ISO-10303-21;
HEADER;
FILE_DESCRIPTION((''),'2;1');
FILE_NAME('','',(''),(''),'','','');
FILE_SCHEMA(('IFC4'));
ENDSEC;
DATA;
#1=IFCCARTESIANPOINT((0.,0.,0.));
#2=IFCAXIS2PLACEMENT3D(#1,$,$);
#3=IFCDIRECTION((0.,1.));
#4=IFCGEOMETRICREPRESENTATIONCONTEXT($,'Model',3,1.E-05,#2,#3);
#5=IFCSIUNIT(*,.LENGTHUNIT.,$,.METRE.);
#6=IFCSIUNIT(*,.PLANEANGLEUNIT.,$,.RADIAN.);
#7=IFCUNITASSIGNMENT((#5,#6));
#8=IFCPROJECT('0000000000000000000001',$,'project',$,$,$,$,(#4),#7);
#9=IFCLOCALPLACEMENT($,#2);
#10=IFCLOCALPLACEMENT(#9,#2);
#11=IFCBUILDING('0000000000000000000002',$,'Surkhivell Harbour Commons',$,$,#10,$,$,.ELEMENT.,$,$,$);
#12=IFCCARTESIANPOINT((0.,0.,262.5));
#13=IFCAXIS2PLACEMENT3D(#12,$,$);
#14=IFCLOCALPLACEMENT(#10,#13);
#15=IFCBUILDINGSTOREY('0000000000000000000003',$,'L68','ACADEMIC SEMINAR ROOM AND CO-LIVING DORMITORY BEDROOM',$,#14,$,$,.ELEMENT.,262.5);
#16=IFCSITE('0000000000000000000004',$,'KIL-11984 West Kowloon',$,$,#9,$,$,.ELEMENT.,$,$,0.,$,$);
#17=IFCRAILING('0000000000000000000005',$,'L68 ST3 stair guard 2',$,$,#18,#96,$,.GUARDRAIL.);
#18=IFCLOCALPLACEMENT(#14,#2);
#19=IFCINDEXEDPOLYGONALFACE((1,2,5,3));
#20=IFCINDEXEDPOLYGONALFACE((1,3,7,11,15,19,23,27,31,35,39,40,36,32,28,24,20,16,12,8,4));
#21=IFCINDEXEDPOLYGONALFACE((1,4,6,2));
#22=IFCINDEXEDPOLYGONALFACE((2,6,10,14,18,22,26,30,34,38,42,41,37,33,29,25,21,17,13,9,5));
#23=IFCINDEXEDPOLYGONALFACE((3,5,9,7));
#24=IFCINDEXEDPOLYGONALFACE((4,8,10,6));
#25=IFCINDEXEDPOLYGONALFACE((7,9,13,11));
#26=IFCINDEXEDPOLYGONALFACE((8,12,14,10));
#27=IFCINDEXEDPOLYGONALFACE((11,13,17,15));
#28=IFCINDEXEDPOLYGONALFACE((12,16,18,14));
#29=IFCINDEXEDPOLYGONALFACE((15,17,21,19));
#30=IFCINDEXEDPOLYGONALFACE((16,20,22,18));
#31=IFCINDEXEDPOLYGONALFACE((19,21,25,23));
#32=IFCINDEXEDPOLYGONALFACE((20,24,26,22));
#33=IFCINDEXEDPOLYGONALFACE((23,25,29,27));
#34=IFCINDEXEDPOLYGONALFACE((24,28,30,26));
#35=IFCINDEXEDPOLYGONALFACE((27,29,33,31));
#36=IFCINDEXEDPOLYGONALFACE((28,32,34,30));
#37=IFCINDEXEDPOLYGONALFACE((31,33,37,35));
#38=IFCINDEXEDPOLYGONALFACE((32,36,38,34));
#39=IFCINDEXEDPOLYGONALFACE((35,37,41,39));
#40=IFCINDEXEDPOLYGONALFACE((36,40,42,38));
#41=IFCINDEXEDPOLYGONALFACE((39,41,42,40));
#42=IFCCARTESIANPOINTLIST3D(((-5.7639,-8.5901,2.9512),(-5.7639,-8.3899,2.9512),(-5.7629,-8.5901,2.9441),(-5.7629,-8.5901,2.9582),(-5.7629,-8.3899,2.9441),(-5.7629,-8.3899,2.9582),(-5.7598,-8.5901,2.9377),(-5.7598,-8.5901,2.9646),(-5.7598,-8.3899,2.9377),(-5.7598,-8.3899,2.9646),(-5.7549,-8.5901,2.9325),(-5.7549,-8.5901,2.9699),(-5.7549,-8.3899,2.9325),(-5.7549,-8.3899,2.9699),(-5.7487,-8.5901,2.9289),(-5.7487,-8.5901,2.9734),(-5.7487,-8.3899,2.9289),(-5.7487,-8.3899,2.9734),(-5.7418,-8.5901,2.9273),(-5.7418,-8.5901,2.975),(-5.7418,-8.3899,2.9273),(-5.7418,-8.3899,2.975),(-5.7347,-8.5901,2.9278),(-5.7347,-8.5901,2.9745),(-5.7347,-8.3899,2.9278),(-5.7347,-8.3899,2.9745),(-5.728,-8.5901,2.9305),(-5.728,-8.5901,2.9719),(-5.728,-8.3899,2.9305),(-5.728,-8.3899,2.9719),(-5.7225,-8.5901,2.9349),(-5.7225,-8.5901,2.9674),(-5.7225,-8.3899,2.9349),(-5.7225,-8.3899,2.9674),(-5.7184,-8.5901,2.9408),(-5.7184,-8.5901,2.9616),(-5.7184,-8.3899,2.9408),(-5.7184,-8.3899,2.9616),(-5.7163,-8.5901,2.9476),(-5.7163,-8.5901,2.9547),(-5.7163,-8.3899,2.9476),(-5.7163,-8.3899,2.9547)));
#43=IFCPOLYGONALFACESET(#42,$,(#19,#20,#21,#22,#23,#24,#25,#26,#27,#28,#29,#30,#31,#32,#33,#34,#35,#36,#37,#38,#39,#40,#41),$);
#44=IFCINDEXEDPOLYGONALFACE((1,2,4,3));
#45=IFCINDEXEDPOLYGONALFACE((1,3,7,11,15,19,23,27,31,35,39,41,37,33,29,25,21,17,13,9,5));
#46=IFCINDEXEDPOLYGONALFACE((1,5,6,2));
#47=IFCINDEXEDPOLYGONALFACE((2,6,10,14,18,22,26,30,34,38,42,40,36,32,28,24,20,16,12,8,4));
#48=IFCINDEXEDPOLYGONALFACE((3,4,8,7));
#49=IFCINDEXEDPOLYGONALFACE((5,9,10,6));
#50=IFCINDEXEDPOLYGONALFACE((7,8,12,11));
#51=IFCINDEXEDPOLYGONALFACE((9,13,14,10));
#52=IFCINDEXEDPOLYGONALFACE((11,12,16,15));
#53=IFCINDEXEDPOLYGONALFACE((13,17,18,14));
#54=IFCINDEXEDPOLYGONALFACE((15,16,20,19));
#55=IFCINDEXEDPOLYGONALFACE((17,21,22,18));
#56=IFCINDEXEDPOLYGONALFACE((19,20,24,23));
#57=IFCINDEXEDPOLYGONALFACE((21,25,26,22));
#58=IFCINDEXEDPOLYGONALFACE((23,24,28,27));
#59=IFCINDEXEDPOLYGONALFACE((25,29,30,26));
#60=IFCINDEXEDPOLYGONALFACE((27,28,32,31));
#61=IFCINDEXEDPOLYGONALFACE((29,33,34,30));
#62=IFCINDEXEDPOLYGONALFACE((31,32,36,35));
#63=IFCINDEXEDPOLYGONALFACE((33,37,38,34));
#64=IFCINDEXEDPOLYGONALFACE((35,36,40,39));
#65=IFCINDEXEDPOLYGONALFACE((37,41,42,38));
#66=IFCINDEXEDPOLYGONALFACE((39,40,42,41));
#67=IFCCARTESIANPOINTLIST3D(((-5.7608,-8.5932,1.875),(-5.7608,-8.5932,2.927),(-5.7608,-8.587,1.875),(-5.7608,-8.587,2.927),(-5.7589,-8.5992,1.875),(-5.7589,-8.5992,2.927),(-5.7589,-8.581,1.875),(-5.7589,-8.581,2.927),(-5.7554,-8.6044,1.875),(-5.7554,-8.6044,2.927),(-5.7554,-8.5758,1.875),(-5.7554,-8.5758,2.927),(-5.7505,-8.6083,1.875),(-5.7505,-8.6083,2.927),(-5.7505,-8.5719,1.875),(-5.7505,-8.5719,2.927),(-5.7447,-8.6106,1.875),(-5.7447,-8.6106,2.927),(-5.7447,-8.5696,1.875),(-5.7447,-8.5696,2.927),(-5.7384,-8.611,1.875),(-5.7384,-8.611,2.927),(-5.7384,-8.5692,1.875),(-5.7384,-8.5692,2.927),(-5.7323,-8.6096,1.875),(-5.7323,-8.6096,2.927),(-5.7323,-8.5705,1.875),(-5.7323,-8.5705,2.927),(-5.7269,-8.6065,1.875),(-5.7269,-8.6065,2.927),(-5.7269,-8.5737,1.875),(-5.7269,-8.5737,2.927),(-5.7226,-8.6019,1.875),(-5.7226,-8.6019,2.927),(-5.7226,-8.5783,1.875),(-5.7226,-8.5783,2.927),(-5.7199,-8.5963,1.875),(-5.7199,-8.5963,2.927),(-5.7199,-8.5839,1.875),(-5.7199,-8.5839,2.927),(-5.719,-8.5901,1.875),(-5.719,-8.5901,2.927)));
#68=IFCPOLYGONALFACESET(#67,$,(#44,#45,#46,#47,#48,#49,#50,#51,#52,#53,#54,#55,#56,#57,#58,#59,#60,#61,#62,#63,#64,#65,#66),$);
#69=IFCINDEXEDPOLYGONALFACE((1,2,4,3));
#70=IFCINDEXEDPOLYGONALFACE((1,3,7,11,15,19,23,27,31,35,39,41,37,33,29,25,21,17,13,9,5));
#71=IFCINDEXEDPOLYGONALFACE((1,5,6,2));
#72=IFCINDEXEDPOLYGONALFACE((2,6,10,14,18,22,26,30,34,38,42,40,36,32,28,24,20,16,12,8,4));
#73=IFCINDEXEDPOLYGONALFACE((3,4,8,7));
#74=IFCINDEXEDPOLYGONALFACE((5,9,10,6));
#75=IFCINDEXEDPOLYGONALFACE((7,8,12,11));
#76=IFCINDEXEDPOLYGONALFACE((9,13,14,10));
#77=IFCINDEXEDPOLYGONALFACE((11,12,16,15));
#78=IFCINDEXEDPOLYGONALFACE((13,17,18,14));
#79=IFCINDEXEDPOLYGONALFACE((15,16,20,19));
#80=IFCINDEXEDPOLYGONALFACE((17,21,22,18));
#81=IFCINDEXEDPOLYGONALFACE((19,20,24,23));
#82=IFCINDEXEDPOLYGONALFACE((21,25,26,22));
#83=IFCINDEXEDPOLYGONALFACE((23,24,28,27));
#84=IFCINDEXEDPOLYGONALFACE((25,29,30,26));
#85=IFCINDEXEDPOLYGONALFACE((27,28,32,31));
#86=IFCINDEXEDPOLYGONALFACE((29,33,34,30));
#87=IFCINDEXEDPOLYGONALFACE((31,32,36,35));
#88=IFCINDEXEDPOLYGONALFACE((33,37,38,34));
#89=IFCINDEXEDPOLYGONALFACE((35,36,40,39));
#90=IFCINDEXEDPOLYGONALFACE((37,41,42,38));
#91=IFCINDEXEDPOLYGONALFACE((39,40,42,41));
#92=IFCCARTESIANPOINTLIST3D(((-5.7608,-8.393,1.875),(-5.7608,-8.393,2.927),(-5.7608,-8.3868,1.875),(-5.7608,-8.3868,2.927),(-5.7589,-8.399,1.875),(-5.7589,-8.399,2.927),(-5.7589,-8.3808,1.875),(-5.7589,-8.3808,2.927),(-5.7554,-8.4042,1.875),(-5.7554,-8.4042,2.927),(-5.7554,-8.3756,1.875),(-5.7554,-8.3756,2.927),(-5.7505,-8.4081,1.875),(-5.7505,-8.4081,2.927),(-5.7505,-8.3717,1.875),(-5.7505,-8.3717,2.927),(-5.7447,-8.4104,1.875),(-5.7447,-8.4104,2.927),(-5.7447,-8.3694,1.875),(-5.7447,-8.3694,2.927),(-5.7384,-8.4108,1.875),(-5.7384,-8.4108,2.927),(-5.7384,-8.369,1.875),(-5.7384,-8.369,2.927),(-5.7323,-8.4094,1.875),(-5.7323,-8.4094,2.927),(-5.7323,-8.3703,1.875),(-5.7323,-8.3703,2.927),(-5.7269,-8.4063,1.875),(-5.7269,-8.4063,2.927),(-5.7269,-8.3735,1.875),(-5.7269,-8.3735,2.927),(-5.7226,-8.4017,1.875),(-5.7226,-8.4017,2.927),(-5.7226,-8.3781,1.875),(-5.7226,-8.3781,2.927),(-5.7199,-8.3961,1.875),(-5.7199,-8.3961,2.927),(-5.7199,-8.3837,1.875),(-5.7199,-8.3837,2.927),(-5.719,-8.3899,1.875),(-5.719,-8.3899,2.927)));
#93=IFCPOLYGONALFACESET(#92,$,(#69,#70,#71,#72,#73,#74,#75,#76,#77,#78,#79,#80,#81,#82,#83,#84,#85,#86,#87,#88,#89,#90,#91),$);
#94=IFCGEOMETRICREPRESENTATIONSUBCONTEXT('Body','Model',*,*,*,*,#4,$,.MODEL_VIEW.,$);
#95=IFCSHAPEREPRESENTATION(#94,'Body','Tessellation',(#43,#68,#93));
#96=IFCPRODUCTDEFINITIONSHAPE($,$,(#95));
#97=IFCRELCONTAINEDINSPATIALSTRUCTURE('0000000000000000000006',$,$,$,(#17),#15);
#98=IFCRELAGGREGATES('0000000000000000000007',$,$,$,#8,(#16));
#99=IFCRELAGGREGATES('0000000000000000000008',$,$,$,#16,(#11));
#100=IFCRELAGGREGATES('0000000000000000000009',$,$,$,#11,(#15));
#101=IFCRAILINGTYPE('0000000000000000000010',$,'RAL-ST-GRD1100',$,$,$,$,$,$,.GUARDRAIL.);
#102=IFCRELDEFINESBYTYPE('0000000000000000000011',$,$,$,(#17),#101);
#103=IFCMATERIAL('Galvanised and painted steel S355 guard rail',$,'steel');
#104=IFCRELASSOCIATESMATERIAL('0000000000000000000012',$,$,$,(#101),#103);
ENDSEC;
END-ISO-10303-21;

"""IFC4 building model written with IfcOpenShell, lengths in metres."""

from ifc_helpers import new_model, si_unit, direction, frame, origin, origin_2d, place, context, subcontext, project, spatial, circle, extrude, material, type_object, element, save


model = new_model("IFC4")

# Units and contexts
model_context = context("Model", 3, precision=1e-05, world=origin(), true_north=direction((0.0, 1.0)))
body_context = subcontext(model_context, "Body", "Model", "MODEL_VIEW")
ifc_project = project(units=[si_unit("LENGTHUNIT", "METRE"), si_unit("PLANEANGLEUNIT", "RADIAN")], contexts=[model_context])

# Site, building, storey
site_placement = place(None, origin())
site = spatial("IfcSite", under=ifc_project, at=site_placement, Name="KIL-11984 West Kowloon", CompositionType="ELEMENT", RefElevation=0.0)
building_placement = place(site_placement, origin())
building = spatial("IfcBuilding", under=site, at=building_placement, Name="Surkhivell Harbour Commons", CompositionType="ELEMENT")
storey_placement = place(building_placement, frame((0.0, 0.0, 262.5)))
storey = spatial("IfcBuildingStorey", under=building, at=storey_placement, Name="L68", Description="ACADEMIC SEMINAR ROOM AND CO-LIVING DORMITORY BEDROOM", CompositionType="ELEMENT", Elevation=262.5)

# Railing
ifc_material_1 = material(Name="Galvanised and painted steel S355 guard rail", Category="steel")
railing_type_1 = type_object("IfcRailingType", Name="RAL-ST-GRD1100", PredefinedType="GUARDRAIL", material=ifc_material_1)
railing_1_placement = place(storey_placement, frame((-5.74, -8.5901, 1.875)))
element("IfcRailing", 1, at=railing_1_placement, inside=storey, type_object=railing_type_1, Name="L68 ST3 stair guard 2", PredefinedType="GUARDRAIL", context=body_context, shape_type="SweptSolid", body=[
    extrude(circle(Radius=0.0239, at=origin_2d()), frame((0.0, 0.0, 1.0762), z_axis=(0.0, 1.0, 0.0), x_axis=(-1.0, 0.0, 0.0)), (0.0, 0.0, 1.0), 0.2002),
    extrude(circle(Radius=0.021, at=origin_2d()), origin(), (0.0, 0.0, 1.0), 1.052),
    extrude(circle(Radius=0.021, at=origin_2d()), frame((0.0, 0.2002, 0.0)), (0.0, 0.0, 1.0), 1.052),
])

save(model, "model.ifc")
